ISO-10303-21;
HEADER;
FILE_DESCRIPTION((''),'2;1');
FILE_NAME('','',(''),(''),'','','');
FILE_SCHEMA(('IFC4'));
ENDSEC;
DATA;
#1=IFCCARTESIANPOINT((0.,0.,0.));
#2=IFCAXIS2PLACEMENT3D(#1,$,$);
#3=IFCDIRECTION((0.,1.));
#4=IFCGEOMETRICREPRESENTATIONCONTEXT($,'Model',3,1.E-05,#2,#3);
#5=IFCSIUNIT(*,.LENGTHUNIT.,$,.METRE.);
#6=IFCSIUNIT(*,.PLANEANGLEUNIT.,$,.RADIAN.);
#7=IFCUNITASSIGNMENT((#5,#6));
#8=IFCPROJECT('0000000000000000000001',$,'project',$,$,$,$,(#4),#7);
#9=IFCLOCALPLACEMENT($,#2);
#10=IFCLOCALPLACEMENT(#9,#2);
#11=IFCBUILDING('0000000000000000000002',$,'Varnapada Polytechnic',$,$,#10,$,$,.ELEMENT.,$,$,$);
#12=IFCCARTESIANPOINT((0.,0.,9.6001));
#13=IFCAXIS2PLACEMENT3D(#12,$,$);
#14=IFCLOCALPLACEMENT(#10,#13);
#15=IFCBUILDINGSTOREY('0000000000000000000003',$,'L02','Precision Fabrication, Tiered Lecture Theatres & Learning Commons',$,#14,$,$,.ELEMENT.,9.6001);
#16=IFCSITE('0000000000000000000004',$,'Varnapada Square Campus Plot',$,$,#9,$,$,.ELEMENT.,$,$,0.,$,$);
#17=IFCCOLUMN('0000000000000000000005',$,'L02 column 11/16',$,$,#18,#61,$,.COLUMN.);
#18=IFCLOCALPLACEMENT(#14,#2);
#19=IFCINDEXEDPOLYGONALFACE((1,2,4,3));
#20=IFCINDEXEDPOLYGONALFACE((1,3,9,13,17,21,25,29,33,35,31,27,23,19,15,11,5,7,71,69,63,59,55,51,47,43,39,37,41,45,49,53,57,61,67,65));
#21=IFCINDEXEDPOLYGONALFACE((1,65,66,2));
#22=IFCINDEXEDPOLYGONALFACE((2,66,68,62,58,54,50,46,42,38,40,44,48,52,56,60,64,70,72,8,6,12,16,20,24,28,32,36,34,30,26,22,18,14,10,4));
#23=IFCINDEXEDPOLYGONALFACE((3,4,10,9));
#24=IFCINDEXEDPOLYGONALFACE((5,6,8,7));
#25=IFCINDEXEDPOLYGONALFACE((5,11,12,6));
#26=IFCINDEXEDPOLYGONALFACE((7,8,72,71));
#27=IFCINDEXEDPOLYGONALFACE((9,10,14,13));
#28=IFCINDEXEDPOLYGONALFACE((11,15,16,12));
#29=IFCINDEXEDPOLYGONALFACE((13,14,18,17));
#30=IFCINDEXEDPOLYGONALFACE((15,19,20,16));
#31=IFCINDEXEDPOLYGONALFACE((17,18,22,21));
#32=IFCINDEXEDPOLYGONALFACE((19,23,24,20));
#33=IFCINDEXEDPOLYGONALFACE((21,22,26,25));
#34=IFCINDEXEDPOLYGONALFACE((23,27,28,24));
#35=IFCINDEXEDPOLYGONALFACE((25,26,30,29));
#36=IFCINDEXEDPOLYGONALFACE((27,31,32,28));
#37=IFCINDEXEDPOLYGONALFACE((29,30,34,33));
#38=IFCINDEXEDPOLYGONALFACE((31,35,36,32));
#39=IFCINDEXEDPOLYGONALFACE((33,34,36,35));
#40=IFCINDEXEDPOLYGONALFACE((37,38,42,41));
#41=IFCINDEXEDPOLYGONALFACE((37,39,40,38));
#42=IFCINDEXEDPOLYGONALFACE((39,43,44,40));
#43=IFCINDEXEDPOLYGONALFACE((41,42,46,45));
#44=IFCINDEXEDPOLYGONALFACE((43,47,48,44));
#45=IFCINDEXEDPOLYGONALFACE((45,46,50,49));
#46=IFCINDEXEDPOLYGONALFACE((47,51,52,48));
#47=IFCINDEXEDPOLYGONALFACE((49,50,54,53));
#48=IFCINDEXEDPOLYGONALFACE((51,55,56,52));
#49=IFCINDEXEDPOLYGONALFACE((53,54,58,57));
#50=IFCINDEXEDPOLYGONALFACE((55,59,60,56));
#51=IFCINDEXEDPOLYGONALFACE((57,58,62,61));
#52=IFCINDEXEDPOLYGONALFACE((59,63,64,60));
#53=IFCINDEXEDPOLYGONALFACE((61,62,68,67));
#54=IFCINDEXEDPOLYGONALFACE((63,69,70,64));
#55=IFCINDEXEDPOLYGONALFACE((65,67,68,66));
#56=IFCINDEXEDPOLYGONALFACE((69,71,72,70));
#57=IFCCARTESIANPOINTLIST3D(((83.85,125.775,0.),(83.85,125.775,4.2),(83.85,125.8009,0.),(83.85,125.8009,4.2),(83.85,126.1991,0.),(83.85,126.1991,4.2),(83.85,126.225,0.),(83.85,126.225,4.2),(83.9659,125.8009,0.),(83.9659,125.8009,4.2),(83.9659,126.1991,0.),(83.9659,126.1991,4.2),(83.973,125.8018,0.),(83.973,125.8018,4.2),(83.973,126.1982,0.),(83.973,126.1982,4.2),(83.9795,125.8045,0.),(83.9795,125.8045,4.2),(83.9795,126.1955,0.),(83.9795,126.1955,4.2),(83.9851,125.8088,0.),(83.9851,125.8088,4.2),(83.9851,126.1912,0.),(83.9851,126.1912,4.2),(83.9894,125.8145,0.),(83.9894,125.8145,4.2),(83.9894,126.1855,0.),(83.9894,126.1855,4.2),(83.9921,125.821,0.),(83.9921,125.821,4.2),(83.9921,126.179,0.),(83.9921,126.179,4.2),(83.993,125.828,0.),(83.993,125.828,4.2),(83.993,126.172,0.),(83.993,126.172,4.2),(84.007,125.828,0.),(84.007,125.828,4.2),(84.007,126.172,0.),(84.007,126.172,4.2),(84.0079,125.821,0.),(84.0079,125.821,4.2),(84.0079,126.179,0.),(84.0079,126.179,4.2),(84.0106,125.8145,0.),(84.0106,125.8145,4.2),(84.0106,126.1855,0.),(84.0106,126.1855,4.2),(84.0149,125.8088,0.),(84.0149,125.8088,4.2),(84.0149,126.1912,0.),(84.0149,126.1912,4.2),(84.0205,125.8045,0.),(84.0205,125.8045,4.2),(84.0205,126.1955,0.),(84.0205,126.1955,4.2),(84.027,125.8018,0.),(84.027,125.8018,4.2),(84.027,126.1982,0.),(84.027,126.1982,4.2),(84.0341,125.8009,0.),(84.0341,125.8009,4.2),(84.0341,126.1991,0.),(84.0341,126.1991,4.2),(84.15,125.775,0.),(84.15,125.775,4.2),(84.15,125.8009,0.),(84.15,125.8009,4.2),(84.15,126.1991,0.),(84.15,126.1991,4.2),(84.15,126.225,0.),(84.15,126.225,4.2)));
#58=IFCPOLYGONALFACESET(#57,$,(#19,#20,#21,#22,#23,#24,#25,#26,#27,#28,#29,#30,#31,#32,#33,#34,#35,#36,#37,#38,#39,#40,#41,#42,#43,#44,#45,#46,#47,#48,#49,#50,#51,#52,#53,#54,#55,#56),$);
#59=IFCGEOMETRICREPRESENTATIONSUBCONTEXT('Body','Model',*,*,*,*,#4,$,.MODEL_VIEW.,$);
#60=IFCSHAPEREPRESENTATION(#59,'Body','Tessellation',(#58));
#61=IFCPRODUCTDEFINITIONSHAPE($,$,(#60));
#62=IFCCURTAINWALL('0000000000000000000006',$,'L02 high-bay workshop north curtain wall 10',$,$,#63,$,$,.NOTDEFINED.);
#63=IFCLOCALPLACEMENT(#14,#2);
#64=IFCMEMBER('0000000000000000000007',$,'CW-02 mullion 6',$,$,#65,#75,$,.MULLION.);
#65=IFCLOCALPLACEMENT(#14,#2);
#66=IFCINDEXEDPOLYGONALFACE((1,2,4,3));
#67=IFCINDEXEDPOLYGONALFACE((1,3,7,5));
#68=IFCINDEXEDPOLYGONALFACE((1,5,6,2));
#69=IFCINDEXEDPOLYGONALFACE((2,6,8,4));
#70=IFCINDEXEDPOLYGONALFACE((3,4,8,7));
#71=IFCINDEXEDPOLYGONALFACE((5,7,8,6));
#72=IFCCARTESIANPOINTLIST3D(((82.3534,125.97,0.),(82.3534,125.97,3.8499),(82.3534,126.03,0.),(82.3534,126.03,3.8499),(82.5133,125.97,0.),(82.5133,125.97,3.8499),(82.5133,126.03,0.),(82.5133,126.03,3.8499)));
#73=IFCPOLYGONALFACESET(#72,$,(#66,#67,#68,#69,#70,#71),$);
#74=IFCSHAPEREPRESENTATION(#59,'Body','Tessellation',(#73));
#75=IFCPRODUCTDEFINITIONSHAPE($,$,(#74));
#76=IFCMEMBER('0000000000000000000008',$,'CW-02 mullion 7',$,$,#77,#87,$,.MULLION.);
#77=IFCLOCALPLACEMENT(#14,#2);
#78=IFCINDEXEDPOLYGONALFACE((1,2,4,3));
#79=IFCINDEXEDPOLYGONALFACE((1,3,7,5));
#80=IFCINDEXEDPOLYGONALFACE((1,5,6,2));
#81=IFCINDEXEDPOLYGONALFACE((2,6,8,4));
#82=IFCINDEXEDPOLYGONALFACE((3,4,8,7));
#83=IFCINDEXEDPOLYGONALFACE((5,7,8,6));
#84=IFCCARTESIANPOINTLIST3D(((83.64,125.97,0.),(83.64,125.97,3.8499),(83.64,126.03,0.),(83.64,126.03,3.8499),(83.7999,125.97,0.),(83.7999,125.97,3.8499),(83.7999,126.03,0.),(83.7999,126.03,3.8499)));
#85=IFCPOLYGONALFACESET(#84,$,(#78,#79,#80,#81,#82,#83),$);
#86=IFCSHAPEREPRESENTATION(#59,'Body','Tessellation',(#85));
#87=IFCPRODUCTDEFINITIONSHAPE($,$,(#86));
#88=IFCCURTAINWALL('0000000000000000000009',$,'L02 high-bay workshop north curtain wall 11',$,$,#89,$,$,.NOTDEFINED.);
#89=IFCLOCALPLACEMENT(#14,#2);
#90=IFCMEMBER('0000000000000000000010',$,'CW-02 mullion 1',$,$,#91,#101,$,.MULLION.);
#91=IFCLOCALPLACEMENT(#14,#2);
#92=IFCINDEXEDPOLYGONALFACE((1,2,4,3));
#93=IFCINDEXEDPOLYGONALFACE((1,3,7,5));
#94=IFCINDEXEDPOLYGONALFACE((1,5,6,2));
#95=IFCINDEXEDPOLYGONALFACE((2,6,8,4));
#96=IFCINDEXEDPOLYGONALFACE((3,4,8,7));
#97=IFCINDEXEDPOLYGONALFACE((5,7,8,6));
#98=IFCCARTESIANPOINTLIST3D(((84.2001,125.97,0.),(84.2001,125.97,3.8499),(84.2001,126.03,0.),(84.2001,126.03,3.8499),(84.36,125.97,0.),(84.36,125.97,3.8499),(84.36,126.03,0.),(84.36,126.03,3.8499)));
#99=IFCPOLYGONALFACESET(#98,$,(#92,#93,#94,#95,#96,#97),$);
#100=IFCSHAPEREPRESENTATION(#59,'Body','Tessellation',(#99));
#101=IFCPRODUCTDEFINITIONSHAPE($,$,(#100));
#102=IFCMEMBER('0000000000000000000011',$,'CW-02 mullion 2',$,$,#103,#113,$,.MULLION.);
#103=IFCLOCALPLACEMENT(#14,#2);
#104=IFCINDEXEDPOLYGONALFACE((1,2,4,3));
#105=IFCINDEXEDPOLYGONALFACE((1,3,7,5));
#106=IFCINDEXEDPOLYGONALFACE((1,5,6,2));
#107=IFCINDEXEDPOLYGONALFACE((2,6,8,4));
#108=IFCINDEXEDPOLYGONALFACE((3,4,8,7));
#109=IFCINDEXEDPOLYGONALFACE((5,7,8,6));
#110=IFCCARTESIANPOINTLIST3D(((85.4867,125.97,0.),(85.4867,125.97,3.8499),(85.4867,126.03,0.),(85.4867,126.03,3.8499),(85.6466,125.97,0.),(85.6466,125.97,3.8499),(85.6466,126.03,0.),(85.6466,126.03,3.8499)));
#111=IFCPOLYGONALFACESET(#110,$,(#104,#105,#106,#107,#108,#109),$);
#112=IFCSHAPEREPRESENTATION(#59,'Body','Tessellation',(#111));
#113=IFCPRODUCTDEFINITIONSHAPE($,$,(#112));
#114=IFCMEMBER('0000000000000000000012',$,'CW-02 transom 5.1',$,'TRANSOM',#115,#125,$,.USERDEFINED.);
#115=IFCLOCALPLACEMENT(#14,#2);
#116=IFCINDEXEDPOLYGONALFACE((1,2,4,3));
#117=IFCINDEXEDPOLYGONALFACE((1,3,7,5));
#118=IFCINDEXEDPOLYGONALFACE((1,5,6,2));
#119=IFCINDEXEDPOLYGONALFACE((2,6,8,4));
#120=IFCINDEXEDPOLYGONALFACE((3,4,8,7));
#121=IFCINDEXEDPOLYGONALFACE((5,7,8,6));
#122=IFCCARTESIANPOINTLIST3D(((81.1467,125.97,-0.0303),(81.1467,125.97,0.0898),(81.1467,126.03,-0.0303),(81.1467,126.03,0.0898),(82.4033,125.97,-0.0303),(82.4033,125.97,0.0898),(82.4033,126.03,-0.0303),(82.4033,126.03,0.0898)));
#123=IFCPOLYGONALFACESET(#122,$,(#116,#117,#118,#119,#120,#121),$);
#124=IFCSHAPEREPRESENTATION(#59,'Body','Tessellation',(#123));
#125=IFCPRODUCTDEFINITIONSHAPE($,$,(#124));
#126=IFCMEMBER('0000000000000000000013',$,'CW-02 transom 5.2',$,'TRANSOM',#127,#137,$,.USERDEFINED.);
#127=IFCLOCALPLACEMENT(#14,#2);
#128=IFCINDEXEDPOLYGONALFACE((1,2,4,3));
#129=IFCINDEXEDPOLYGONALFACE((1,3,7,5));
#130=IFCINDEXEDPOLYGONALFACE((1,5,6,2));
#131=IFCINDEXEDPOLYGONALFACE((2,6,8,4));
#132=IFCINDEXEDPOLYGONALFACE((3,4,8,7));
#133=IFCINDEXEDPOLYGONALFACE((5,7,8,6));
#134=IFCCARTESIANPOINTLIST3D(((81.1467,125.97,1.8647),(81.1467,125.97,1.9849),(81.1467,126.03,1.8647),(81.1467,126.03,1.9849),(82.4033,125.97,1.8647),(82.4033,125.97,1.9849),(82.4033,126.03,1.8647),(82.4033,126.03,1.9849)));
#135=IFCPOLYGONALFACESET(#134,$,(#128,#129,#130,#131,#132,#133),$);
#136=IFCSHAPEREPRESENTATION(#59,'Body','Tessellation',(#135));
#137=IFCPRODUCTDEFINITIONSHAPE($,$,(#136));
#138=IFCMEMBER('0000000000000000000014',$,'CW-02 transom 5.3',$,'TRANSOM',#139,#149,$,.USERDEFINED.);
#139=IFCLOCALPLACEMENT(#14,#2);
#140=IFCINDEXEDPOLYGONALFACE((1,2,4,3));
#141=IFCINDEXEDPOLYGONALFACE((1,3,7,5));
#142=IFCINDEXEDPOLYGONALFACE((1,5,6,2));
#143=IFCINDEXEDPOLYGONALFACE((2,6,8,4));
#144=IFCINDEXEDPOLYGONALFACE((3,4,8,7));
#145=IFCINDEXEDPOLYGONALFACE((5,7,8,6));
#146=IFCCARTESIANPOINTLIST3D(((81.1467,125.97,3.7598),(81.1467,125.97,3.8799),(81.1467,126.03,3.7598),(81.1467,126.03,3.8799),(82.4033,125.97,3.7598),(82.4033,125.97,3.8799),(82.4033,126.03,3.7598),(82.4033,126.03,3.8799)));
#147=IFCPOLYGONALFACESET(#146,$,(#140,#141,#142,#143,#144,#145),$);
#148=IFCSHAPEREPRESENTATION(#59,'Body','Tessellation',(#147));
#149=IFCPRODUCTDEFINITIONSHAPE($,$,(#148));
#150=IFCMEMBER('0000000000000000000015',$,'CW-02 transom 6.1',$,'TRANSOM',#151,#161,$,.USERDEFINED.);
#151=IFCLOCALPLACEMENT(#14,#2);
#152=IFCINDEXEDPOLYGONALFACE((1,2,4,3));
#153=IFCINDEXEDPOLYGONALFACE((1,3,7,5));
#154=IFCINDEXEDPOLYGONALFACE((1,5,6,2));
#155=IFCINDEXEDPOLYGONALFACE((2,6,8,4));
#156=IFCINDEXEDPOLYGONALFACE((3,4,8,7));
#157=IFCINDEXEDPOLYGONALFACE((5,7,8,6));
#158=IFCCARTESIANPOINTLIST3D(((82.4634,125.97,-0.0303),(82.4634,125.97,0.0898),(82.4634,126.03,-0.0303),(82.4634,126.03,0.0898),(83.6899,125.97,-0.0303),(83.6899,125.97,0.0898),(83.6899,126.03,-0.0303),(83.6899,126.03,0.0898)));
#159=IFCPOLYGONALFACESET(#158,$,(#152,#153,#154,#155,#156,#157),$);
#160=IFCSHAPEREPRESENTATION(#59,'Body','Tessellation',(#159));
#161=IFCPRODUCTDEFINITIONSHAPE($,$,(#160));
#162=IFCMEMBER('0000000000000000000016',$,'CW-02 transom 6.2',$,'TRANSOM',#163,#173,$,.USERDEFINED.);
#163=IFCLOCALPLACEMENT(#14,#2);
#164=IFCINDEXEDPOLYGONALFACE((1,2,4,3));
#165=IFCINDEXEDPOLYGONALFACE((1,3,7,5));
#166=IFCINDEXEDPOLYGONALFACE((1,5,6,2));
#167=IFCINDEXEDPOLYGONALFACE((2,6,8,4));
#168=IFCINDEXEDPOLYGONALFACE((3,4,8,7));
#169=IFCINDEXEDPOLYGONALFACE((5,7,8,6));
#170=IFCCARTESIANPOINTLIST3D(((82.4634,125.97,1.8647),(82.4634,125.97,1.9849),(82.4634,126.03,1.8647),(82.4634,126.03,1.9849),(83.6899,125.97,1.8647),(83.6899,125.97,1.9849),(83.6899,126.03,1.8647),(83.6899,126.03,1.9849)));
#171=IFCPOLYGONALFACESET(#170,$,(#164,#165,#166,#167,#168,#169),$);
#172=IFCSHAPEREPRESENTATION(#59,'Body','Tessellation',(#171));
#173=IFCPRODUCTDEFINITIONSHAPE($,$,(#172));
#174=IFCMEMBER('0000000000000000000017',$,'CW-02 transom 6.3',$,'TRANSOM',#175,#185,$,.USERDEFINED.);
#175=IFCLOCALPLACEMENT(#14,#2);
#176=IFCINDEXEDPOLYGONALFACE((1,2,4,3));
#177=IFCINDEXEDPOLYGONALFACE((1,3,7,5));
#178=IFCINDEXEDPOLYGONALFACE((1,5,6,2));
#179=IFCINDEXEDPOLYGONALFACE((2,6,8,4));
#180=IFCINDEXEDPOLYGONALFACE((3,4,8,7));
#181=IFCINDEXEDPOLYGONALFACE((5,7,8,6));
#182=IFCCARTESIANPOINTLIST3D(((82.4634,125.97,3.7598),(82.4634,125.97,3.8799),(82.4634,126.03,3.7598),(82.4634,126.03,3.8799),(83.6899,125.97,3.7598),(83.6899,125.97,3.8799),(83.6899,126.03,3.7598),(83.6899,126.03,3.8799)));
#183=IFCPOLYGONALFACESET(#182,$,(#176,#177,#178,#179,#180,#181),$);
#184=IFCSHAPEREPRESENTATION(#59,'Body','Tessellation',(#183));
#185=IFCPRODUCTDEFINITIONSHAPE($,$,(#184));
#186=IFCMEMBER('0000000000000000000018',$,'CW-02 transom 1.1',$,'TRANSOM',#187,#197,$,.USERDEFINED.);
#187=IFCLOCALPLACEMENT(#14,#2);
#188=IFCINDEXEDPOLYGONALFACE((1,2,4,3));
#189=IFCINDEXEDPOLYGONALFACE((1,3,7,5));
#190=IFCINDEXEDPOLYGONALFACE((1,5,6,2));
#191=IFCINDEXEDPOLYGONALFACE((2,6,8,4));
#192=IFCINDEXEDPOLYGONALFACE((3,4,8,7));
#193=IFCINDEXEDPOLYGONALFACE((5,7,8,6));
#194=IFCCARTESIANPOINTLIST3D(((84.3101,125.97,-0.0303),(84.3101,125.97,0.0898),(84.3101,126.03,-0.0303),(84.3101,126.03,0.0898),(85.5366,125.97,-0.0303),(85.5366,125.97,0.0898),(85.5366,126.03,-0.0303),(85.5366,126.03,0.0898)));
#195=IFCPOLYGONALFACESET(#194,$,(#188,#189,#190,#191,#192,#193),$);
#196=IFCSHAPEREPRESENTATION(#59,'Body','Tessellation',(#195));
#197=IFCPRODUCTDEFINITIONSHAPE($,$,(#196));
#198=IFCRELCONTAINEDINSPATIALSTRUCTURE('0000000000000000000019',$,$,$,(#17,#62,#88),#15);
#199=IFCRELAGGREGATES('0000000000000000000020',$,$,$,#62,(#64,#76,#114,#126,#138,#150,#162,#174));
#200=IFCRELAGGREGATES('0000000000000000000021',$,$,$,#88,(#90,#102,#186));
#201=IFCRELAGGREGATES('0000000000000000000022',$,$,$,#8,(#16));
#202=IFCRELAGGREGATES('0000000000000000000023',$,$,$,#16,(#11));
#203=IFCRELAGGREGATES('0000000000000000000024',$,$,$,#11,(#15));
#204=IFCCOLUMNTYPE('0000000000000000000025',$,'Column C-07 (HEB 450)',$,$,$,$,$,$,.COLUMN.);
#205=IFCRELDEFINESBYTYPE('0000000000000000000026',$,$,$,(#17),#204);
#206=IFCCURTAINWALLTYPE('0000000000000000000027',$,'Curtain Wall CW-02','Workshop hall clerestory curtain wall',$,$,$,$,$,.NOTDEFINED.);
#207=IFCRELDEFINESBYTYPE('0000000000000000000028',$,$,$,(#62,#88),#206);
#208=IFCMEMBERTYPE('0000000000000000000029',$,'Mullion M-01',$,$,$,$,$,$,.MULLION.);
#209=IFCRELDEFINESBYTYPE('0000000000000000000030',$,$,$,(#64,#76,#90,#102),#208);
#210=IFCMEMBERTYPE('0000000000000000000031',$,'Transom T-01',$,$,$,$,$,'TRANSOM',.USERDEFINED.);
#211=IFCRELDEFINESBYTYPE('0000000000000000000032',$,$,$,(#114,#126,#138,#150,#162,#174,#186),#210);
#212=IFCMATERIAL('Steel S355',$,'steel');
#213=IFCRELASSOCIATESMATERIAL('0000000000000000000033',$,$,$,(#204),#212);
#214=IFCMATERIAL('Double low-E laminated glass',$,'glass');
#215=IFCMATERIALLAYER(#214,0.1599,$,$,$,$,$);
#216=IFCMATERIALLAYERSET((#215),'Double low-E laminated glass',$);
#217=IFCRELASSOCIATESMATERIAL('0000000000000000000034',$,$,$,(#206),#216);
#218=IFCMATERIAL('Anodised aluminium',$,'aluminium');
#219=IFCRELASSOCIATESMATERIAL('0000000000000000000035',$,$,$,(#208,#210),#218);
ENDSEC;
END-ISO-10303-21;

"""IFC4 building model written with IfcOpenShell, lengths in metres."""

from ifc_helpers import new_model, si_unit, direction, frame, origin, origin_2d, place, context, subcontext, project, spatial, rectangle, i_section, extrude, material, layer, layer_set, material_profile, profile_set, type_object, element, aggregate, save


model = new_model("IFC4")

# Units and contexts
model_context = context("Model", 3, precision=1e-05, world=origin(), true_north=direction((0.0, 1.0)))
body_context = subcontext(model_context, "Body", "Model", "MODEL_VIEW")
ifc_project = project(units=[si_unit("LENGTHUNIT", "METRE"), si_unit("PLANEANGLEUNIT", "RADIAN")], contexts=[model_context])

# Site, building, storey
site_placement = place(None, origin())
site = spatial("IfcSite", under=ifc_project, at=site_placement, Name="Varnapada Square Campus Plot", CompositionType="ELEMENT", RefElevation=0.0)
building_placement = place(site_placement, origin())
building = spatial("IfcBuilding", under=site, at=building_placement, Name="Varnapada Polytechnic", CompositionType="ELEMENT")
storey_placement = place(building_placement, frame((0.0, 0.0, 9.6001)))
storey = spatial("IfcBuildingStorey", under=building, at=storey_placement, Name="L02", Description="Precision Fabrication, Tiered Lecture Theatres & Learning Commons", CompositionType="ELEMENT", Elevation=9.6001)

# Column
ifc_material_1 = material(Name="Steel S355", Category="steel")
ifc_material_profile_1 = material_profile(ifc_material_1, i_section(OverallWidth=0.3, OverallDepth=0.45, WebThickness=0.0139, FlangeThickness=0.0259, FilletRadius=0.0271, at=origin_2d()), Name="HEB 450")
ifc_profile_set_1 = profile_set([ifc_material_profile_1], Name="Steel S355")
column_type = type_object("IfcColumnType", Name="Column C-07 (HEB 450)", PredefinedType="COLUMN", material=ifc_profile_set_1)
column_placement = place(storey_placement, frame((84.0, 126.0, 0.0), z_axis=(0.0, 0.0, 1.0), x_axis=(1.0, 0.0, 0.0)))
element("IfcColumn", 1, at=column_placement, inside=storey, type_object=column_type, Name="L02 column 11/16", PredefinedType="COLUMN", context=body_context, shape_type="SweptSolid", body=[
    extrude(i_section(OverallWidth=0.3, OverallDepth=0.45, WebThickness=0.0139, FlangeThickness=0.0259, FilletRadius=0.0271, at=origin_2d()), origin(), (0.0, 0.0, 1.0), 4.2),
])

# Curtain walls, members
ifc_material_2 = material(Name="Double low-E laminated glass", Category="glass")
ifc_layer_1 = layer(ifc_material_2, 0.1599)
ifc_layer_set_1 = layer_set([ifc_layer_1], Name="Double low-E laminated glass")
curtain_wall_type = type_object("IfcCurtainWallType", Name="Curtain Wall CW-02", Description="Workshop hall clerestory curtain wall", PredefinedType="NOTDEFINED", material=ifc_layer_set_1)
curtain_wall_1_placement = place(storey_placement, origin())
curtain_wall_1 = element("IfcCurtainWall", 2, at=curtain_wall_1_placement, inside=storey, type_object=curtain_wall_type, Name="L02 high-bay workshop north curtain wall 10", PredefinedType="NOTDEFINED")
ifc_material_3 = material(Name="Anodised aluminium", Category="aluminium")
ifc_material_profile_2 = material_profile(ifc_material_3, rectangle(XDim=0.0601, YDim=0.1599, at=origin_2d()), Name="ALU M60x160")
ifc_profile_set_2 = profile_set([ifc_material_profile_2], Name="Anodised aluminium")
member_type_1 = type_object("IfcMemberType", Name="Mullion M-01", PredefinedType="MULLION", material=ifc_profile_set_2)
member_1_placement = place(storey_placement, frame((82.4333, 126.0, 0.0), z_axis=(0.0, 0.0, 1.0), x_axis=(0.0, 1.0, 0.0)))
member_1 = element("IfcMember", 3, at=member_1_placement, type_object=member_type_1, Name="CW-02 mullion 6", PredefinedType="MULLION", context=body_context, shape_type="SweptSolid", body=[
    extrude(rectangle(XDim=0.0601, YDim=0.1599, at=origin_2d()), origin(), (0.0, 0.0, 1.0), 3.8499),
])
member_2_placement = place(storey_placement, frame((83.72, 126.0, 0.0), z_axis=(0.0, 0.0, 1.0), x_axis=(0.0, 1.0, 0.0)))
member_2 = element("IfcMember", 4, at=member_2_placement, type_object=member_type_1, Name="CW-02 mullion 7", PredefinedType="MULLION", context=body_context, shape_type="SweptSolid", body=[
    extrude(rectangle(XDim=0.0601, YDim=0.1599, at=origin_2d()), origin(), (0.0, 0.0, 1.0), 3.8499),
])
curtain_wall_2_placement = place(storey_placement, origin())
curtain_wall_2 = element("IfcCurtainWall", 5, at=curtain_wall_2_placement, inside=storey, type_object=curtain_wall_type, Name="L02 high-bay workshop north curtain wall 11", PredefinedType="NOTDEFINED")
member_3_placement = place(storey_placement, frame((84.28, 126.0, 0.0), z_axis=(0.0, 0.0, 1.0), x_axis=(0.0, 1.0, 0.0)))
member_3 = element("IfcMember", 6, at=member_3_placement, type_object=member_type_1, Name="CW-02 mullion 1", PredefinedType="MULLION", context=body_context, shape_type="SweptSolid", body=[
    extrude(rectangle(XDim=0.0601, YDim=0.1599, at=origin_2d()), origin(), (0.0, 0.0, 1.0), 3.8499),
])
member_4_placement = place(storey_placement, frame((85.5667, 126.0, 0.0), z_axis=(0.0, 0.0, 1.0), x_axis=(0.0, 1.0, 0.0)))
member_4 = element("IfcMember", 7, at=member_4_placement, type_object=member_type_1, Name="CW-02 mullion 2", PredefinedType="MULLION", context=body_context, shape_type="SweptSolid", body=[
    extrude(rectangle(XDim=0.0601, YDim=0.1599, at=origin_2d()), origin(), (0.0, 0.0, 1.0), 3.8499),
])

# Members
ifc_material_profile_3 = material_profile(ifc_material_3, rectangle(XDim=0.0601, YDim=0.1201, at=origin_2d()), Name="ALU T60x120")
ifc_profile_set_3 = profile_set([ifc_material_profile_3], Name="Anodised aluminium")
member_type_2 = type_object("IfcMemberType", Name="Transom T-01", ElementType="TRANSOM", PredefinedType="USERDEFINED", material=ifc_profile_set_3)
member_5_placement = place(storey_placement, frame((81.1467, 126.0, 0.0298), z_axis=(1.0, 0.0, 0.0), x_axis=(0.0, 1.0, 0.0)))
member_5 = element("IfcMember", 8, at=member_5_placement, type_object=member_type_2, Name="CW-02 transom 5.1", ObjectType="TRANSOM", PredefinedType="USERDEFINED", context=body_context, shape_type="SweptSolid", body=[
    extrude(rectangle(XDim=0.0601, YDim=0.1201, at=origin_2d()), origin(), (0.0, 0.0, 1.0), 1.2566),
])
member_6_placement = place(storey_placement, frame((81.1467, 126.0, 1.9248), z_axis=(1.0, 0.0, 0.0), x_axis=(0.0, 1.0, 0.0)))
member_6 = element("IfcMember", 9, at=member_6_placement, type_object=member_type_2, Name="CW-02 transom 5.2", ObjectType="TRANSOM", PredefinedType="USERDEFINED", context=body_context, shape_type="SweptSolid", body=[
    extrude(rectangle(XDim=0.0601, YDim=0.1201, at=origin_2d()), origin(), (0.0, 0.0, 1.0), 1.2566),
])
member_7_placement = place(storey_placement, frame((81.1467, 126.0, 3.8198), z_axis=(1.0, 0.0, 0.0), x_axis=(0.0, 1.0, 0.0)))
member_7 = element("IfcMember", 10, at=member_7_placement, type_object=member_type_2, Name="CW-02 transom 5.3", ObjectType="TRANSOM", PredefinedType="USERDEFINED", context=body_context, shape_type="SweptSolid", body=[
    extrude(rectangle(XDim=0.0601, YDim=0.1201, at=origin_2d()), origin(), (0.0, 0.0, 1.0), 1.2566),
])
member_8_placement = place(storey_placement, frame((82.4634, 126.0, 0.0298), z_axis=(1.0, 0.0, 0.0), x_axis=(0.0, 1.0, 0.0)))
member_8 = element("IfcMember", 11, at=member_8_placement, type_object=member_type_2, Name="CW-02 transom 6.1", ObjectType="TRANSOM", PredefinedType="USERDEFINED", context=body_context, shape_type="SweptSolid", body=[
    extrude(rectangle(XDim=0.0601, YDim=0.1201, at=origin_2d()), origin(), (0.0, 0.0, 1.0), 1.2266),
])
member_9_placement = place(storey_placement, frame((82.4634, 126.0, 1.9248), z_axis=(1.0, 0.0, 0.0), x_axis=(0.0, 1.0, 0.0)))
member_9 = element("IfcMember", 12, at=member_9_placement, type_object=member_type_2, Name="CW-02 transom 6.2", ObjectType="TRANSOM", PredefinedType="USERDEFINED", context=body_context, shape_type="SweptSolid", body=[
    extrude(rectangle(XDim=0.0601, YDim=0.1201, at=origin_2d()), origin(), (0.0, 0.0, 1.0), 1.2266),
])
member_10_placement = place(storey_placement, frame((82.4634, 126.0, 3.8198), z_axis=(1.0, 0.0, 0.0), x_axis=(0.0, 1.0, 0.0)))
member_10 = element("IfcMember", 13, at=member_10_placement, type_object=member_type_2, Name="CW-02 transom 6.3", ObjectType="TRANSOM", PredefinedType="USERDEFINED", context=body_context, shape_type="SweptSolid", body=[
    extrude(rectangle(XDim=0.0601, YDim=0.1201, at=origin_2d()), origin(), (0.0, 0.0, 1.0), 1.2266),
])
member_11_placement = place(storey_placement, frame((84.3101, 126.0, 0.0298), z_axis=(1.0, 0.0, 0.0), x_axis=(0.0, 1.0, 0.0)))
member_11 = element("IfcMember", 14, at=member_11_placement, type_object=member_type_2, Name="CW-02 transom 1.1", ObjectType="TRANSOM", PredefinedType="USERDEFINED", context=body_context, shape_type="SweptSolid", body=[
    extrude(rectangle(XDim=0.0601, YDim=0.1201, at=origin_2d()), origin(), (0.0, 0.0, 1.0), 1.2266),
])

aggregate(curtain_wall_1, [member_1, member_2, member_5, member_6, member_7, member_8, member_9, member_10])
aggregate(curtain_wall_2, [member_3, member_4, member_11])

save(model, "model.ifc")
